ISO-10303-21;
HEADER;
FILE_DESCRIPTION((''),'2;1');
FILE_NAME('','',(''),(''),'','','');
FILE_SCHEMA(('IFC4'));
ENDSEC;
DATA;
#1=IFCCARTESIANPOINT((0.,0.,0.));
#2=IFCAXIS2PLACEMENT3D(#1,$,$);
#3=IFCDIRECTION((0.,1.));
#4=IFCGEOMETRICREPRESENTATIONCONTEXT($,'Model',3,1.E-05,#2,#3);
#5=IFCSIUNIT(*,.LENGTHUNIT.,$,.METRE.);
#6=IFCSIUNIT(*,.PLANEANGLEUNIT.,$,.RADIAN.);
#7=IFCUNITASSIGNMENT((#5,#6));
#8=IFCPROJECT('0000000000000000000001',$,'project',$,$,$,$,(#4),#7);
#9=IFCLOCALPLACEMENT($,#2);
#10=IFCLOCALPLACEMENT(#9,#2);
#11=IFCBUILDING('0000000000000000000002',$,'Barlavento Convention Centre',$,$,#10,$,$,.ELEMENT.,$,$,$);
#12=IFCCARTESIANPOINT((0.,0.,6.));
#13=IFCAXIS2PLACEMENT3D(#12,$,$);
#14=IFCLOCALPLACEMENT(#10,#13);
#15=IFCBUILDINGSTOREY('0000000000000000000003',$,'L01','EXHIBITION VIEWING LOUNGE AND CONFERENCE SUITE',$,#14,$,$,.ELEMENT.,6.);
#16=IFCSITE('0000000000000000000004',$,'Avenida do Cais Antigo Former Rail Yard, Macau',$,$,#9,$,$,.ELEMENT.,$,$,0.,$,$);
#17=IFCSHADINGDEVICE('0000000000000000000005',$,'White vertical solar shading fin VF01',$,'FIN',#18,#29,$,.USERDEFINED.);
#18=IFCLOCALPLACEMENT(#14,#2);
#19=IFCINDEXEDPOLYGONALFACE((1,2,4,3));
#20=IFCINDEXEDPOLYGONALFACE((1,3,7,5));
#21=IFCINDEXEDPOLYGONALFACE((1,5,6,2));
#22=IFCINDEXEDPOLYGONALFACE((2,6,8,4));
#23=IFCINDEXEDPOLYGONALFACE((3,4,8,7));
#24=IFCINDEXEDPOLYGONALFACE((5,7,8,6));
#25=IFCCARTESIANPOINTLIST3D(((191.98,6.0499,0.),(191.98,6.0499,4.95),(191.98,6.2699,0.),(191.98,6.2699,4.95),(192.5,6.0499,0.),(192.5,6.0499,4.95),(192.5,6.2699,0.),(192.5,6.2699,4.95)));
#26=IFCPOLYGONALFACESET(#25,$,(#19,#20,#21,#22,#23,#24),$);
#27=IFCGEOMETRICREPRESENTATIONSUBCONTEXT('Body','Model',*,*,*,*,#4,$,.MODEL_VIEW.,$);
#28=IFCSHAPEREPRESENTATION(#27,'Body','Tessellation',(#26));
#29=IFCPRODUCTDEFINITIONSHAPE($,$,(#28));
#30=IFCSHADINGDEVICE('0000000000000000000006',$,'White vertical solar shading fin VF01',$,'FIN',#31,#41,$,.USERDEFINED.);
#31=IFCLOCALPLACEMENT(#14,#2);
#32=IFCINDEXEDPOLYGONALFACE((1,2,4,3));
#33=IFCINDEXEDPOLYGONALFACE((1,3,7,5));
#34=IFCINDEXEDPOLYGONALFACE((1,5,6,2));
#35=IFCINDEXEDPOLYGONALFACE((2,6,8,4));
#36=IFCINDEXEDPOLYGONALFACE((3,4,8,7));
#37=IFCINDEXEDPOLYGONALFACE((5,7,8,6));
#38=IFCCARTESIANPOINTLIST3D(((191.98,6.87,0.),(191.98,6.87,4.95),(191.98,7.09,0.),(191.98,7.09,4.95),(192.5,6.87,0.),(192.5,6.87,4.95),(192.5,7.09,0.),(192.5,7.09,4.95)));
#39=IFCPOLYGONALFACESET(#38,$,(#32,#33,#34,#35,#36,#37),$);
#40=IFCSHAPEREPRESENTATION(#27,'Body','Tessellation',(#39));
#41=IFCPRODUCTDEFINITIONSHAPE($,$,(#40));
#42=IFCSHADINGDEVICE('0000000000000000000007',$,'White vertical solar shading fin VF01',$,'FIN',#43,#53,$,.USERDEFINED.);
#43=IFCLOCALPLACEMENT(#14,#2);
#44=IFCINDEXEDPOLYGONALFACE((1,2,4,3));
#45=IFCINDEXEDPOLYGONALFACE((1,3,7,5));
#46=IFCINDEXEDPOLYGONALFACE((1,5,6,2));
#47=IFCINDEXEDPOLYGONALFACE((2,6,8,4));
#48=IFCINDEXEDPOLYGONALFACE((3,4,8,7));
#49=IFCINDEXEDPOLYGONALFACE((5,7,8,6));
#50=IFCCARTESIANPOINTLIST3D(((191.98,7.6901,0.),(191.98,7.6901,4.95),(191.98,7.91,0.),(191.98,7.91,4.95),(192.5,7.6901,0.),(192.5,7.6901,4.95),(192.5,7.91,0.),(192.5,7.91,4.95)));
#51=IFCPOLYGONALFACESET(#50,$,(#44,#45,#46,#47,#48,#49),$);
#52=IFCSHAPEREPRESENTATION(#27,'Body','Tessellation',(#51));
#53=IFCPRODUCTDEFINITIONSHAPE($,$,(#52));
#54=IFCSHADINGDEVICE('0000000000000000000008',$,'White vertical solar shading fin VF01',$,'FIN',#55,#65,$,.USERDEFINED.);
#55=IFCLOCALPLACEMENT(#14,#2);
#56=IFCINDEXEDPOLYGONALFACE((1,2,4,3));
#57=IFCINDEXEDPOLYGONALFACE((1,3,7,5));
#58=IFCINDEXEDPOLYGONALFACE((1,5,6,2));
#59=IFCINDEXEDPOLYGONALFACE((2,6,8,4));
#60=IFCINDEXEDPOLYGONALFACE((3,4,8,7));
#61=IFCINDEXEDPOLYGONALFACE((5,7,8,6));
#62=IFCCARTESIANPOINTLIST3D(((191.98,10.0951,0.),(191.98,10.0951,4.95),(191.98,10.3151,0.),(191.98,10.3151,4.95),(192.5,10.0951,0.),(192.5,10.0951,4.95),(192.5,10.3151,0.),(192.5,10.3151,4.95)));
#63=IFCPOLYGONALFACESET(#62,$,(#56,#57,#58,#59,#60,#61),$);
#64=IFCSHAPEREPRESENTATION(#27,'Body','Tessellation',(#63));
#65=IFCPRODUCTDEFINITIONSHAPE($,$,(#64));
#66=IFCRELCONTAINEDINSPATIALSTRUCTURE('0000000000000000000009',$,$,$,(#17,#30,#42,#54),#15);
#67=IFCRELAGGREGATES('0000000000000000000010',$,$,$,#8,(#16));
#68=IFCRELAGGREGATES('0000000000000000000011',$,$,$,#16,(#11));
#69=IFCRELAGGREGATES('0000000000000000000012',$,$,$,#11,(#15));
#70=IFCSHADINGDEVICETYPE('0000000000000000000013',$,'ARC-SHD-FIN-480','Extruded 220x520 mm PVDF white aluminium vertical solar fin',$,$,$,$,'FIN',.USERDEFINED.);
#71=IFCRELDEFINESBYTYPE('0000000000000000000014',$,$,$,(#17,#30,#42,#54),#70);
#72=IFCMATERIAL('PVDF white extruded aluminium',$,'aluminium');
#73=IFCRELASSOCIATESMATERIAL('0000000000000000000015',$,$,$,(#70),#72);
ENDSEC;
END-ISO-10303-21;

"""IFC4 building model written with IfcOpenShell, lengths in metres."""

from ifc_helpers import new_model, si_unit, direction, frame, origin, origin_2d, place, context, subcontext, project, spatial, rectangle, extrude, material, type_object, element, save


model = new_model("IFC4")

# Units and contexts
model_context = context("Model", 3, precision=1e-05, world=origin(), true_north=direction((0.0, 1.0)))
body_context = subcontext(model_context, "Body", "Model", "MODEL_VIEW")
ifc_project = project(units=[si_unit("LENGTHUNIT", "METRE"), si_unit("PLANEANGLEUNIT", "RADIAN")], contexts=[model_context])

# Site, building, storey
site_placement = place(None, origin())
site = spatial("IfcSite", under=ifc_project, at=site_placement, Name="Avenida do Cais Antigo Former Rail Yard, Macau", CompositionType="ELEMENT", RefElevation=0.0)
building_placement = place(site_placement, origin())
building = spatial("IfcBuilding", under=site, at=building_placement, Name="Barlavento Convention Centre", CompositionType="ELEMENT")
storey_placement = place(building_placement, frame((0.0, 0.0, 6.0)))
storey = spatial("IfcBuildingStorey", under=building, at=storey_placement, Name="L01", Description="EXHIBITION VIEWING LOUNGE AND CONFERENCE SUITE", CompositionType="ELEMENT", Elevation=6.0)

# Shading devices
ifc_material_1 = material(Name="PVDF white extruded aluminium", Category="aluminium")
shading_device_type = type_object("IfcShadingDeviceType", Name="ARC-SHD-FIN-480", Description="Extruded 220x520 mm PVDF white aluminium vertical solar fin", ElementType="FIN", PredefinedType="USERDEFINED", material=ifc_material_1)
for number, where, z_axis, x_axis, name in (
    (1, (192.24, 6.1599, 0.0), (0.0, 0.0, 1.0), (0.0, 1.0, 0.0), "White vertical solar shading fin VF01"),
    (2, (192.24, 6.98, 0.0), (0.0, 0.0, 1.0), (0.0, 1.0, 0.0), "White vertical solar shading fin VF01"),
    (3, (192.24, 7.8, 0.0), (0.0, 0.0, 1.0), (0.0, 1.0, 0.0), "White vertical solar shading fin VF01"),
    (4, (192.24, 10.2051, 0.0), (0.0, 0.0, 1.0), (0.0, 1.0, 0.0), "White vertical solar shading fin VF01"),
):
    element("IfcShadingDevice", number, at=place(storey_placement, frame(where, z_axis=z_axis, x_axis=x_axis)), inside=storey, type_object=shading_device_type, Name=name, ObjectType="FIN", PredefinedType="USERDEFINED", context=body_context, shape_type="SweptSolid", body=[
        extrude(rectangle(XDim=0.22, YDim=0.52, at=origin_2d()), origin(), (0.0, 0.0, 1.0), 4.95),
    ])

save(model, "model.ifc")
